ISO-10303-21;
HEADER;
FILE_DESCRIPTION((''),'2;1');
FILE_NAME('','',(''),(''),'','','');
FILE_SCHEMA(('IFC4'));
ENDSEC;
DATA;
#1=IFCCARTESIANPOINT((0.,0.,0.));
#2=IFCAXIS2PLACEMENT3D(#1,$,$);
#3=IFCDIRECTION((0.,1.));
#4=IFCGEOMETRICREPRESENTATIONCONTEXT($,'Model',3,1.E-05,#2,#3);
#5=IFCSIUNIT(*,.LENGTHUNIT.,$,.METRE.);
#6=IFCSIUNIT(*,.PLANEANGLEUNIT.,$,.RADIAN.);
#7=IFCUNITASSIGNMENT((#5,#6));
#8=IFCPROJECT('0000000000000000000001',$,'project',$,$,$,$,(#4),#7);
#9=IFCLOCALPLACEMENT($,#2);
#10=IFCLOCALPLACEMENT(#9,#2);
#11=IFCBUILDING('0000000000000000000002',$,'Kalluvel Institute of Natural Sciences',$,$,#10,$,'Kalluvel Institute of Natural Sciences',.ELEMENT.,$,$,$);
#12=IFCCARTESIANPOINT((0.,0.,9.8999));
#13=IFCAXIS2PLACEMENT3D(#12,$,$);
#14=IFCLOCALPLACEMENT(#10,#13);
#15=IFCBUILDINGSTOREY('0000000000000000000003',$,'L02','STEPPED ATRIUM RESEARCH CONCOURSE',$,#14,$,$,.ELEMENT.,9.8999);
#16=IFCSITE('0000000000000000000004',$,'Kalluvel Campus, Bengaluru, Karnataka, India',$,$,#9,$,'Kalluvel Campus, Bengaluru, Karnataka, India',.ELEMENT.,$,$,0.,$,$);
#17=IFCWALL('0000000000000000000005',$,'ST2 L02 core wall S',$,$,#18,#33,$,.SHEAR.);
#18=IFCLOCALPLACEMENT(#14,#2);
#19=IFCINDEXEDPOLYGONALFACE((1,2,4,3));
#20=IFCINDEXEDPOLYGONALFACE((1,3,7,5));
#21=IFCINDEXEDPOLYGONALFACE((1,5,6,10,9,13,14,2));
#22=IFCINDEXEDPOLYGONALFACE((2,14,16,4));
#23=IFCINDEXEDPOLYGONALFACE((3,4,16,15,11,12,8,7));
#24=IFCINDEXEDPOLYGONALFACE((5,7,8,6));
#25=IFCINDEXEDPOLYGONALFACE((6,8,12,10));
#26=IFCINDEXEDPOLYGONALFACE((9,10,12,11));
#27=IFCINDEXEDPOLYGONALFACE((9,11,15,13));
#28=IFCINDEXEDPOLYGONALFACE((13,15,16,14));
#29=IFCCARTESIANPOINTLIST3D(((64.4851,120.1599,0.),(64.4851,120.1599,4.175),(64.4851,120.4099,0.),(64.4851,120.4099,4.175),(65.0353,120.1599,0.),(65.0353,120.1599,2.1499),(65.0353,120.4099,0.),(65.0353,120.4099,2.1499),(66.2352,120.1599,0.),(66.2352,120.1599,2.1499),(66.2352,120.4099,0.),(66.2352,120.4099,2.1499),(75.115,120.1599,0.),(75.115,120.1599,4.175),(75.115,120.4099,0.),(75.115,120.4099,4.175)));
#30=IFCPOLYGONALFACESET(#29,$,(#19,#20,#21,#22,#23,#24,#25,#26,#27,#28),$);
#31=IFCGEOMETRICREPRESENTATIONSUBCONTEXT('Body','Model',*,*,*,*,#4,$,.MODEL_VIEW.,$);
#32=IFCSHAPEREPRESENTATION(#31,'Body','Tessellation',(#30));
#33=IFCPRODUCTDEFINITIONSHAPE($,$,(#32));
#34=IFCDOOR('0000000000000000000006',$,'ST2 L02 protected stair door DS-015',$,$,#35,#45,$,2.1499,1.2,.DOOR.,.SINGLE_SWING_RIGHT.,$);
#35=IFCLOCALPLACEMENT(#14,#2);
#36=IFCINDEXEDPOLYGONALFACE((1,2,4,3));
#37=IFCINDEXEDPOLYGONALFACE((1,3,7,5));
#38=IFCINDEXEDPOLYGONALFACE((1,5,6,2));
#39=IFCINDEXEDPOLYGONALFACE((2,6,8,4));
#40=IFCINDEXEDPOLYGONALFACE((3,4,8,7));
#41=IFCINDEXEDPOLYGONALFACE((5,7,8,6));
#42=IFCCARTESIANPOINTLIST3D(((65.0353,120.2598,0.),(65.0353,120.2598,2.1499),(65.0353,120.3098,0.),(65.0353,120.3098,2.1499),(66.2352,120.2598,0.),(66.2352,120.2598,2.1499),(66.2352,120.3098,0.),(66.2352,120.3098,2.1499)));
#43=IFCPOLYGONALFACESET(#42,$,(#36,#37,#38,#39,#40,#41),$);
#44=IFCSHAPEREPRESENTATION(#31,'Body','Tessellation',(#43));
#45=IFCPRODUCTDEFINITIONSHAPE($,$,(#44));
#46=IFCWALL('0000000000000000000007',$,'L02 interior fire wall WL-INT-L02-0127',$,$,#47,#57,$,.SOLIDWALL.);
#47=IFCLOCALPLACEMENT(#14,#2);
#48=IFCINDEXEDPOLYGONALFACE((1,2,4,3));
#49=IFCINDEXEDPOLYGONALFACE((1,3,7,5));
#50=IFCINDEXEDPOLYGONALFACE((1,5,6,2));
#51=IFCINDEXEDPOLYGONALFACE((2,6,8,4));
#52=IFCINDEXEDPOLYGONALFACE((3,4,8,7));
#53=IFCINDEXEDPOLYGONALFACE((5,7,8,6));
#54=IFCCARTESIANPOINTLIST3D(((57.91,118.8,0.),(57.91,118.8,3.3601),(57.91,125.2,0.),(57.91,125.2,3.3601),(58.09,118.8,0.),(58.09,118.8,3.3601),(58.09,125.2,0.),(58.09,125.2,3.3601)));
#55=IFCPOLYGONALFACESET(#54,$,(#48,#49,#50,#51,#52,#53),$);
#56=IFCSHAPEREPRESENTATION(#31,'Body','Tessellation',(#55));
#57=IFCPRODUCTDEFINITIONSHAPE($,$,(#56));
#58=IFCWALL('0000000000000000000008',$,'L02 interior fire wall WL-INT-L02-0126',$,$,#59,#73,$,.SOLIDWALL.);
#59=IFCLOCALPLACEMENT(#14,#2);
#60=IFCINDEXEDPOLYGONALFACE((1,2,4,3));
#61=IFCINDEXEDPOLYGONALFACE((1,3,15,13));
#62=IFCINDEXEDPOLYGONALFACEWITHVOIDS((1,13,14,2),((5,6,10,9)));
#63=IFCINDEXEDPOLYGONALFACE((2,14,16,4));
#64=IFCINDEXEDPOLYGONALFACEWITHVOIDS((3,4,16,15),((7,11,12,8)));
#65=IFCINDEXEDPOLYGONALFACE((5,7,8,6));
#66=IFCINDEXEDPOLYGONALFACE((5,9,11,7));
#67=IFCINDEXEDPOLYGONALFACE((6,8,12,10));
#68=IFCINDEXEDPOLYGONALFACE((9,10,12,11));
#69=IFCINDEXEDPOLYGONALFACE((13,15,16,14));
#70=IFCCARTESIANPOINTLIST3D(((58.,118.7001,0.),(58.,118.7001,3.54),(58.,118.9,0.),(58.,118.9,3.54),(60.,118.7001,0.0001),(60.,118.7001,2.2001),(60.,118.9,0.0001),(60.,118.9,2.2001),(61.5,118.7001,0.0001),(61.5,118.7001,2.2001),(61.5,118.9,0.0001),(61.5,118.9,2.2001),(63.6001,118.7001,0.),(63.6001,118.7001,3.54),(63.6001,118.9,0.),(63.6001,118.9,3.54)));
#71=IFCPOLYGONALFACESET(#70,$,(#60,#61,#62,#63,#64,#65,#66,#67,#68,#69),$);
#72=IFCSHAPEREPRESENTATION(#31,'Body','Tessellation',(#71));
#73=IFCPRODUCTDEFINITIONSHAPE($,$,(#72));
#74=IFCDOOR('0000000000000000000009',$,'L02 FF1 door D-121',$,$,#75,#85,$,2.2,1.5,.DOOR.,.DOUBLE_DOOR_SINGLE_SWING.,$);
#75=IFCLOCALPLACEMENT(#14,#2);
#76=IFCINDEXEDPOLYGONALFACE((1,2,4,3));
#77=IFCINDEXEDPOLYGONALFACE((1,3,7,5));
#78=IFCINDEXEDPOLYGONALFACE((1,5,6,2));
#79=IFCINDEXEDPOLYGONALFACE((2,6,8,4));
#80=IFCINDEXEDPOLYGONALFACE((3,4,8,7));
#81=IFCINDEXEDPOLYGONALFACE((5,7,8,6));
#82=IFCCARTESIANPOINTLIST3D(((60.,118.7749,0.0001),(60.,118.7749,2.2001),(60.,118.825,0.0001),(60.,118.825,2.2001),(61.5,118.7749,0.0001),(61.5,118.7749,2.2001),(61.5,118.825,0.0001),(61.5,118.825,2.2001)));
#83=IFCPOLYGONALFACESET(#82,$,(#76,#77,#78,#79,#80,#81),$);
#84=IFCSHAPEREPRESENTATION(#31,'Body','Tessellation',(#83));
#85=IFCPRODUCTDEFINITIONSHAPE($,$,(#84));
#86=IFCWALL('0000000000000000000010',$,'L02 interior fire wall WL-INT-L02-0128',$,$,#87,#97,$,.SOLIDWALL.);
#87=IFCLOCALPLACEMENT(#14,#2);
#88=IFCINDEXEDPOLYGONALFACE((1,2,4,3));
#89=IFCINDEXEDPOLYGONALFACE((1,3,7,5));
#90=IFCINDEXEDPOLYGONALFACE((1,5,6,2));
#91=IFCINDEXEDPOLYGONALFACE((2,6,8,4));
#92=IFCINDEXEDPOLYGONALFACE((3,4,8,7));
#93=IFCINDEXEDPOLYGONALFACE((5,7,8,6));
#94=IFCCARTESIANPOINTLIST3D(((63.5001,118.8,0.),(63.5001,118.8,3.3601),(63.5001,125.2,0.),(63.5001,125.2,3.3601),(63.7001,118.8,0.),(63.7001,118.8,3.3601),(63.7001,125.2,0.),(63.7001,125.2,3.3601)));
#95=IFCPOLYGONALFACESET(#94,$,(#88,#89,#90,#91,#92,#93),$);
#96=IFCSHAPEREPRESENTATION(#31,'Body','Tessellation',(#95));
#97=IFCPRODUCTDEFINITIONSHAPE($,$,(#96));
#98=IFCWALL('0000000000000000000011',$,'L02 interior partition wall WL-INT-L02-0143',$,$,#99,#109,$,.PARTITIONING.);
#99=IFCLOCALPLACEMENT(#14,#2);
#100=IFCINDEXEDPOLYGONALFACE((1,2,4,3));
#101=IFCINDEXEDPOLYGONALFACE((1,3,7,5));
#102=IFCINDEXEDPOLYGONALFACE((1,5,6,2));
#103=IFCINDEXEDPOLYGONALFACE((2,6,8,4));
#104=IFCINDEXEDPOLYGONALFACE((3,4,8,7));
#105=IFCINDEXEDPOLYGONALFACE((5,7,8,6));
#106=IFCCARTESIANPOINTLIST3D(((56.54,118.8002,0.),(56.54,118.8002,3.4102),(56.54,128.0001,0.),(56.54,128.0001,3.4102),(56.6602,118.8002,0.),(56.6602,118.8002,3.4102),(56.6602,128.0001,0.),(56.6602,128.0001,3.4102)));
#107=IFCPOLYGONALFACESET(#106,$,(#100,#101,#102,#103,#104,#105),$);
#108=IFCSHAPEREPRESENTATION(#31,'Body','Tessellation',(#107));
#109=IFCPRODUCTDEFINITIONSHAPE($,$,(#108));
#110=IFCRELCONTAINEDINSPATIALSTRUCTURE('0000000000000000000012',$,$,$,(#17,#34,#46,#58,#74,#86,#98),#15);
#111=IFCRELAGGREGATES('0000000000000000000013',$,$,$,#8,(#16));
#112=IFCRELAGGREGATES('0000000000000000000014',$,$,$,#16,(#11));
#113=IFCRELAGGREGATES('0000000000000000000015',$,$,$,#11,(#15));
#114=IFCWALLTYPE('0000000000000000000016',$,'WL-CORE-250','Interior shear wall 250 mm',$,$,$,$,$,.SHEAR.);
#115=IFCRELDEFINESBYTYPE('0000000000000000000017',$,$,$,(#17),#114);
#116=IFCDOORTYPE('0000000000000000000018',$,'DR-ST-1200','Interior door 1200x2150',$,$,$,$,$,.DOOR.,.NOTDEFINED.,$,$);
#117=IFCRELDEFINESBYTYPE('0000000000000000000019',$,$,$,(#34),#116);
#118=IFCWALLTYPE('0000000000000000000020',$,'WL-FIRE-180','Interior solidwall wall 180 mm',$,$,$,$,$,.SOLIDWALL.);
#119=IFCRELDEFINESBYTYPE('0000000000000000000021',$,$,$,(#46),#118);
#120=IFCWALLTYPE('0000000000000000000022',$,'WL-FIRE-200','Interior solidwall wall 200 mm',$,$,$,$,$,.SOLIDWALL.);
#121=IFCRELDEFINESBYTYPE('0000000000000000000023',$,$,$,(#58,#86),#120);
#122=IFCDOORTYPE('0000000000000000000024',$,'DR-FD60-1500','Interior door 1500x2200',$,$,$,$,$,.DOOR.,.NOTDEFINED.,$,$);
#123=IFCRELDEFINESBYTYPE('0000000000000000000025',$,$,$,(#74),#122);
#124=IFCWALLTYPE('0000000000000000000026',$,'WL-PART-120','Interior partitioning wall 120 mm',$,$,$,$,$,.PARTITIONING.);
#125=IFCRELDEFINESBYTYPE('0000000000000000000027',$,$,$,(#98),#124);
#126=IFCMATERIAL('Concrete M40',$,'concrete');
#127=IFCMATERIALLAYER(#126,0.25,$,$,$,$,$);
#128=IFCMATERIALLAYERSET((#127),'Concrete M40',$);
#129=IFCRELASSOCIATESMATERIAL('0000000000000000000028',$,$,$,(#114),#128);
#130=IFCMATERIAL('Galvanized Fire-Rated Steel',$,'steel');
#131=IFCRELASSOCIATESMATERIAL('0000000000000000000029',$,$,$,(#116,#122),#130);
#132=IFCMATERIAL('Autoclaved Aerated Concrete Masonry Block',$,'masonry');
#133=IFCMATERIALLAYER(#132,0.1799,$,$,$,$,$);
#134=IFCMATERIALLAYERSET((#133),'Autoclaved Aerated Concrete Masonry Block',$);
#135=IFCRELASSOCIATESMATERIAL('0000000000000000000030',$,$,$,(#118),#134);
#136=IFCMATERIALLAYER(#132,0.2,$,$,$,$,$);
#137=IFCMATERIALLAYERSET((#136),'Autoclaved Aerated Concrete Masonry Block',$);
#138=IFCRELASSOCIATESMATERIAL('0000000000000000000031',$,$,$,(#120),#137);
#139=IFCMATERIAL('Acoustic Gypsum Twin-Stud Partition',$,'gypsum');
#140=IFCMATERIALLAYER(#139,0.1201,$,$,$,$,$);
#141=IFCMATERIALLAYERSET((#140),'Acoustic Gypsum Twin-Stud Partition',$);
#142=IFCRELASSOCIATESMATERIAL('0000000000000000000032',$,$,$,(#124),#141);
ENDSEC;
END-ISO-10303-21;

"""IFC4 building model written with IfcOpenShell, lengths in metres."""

from ifc_helpers import new_model, si_unit, direction, frame, frame_2d, origin, place, context, subcontext, project, spatial, rectangle, extrude, material, layer, layer_set, type_object, element, fill, save


model = new_model("IFC4")

# Units and contexts
model_context = context("Model", 3, precision=1e-05, world=origin(), true_north=direction((0.0, 1.0)))
body_context = subcontext(model_context, "Body", "Model", "MODEL_VIEW")
ifc_project = project(units=[si_unit("LENGTHUNIT", "METRE"), si_unit("PLANEANGLEUNIT", "RADIAN")], contexts=[model_context])

# Site, building, storey
site_placement = place(None, origin())
site = spatial("IfcSite", under=ifc_project, at=site_placement, Name="Kalluvel Campus, Bengaluru, Karnataka, India", LongName="Kalluvel Campus, Bengaluru, Karnataka, India", CompositionType="ELEMENT", RefElevation=0.0)
building_placement = place(site_placement, origin())
building = spatial("IfcBuilding", under=site, at=building_placement, Name="Kalluvel Institute of Natural Sciences", LongName="Kalluvel Institute of Natural Sciences", CompositionType="ELEMENT")
storey_placement = place(building_placement, frame((0.0, 0.0, 9.8999)))
storey = spatial("IfcBuildingStorey", under=building, at=storey_placement, Name="L02", Description="STEPPED ATRIUM RESEARCH CONCOURSE", CompositionType="ELEMENT", Elevation=9.8999)

# Shared definitions
ifc_material_1 = material(Name="Concrete M40", Category="concrete")

# Wall, opening, door
ifc_layer_1 = layer(ifc_material_1, 0.25)
ifc_layer_set_1 = layer_set([ifc_layer_1], Name="Concrete M40")
wall_type_1 = type_object("IfcWallType", Name="WL-CORE-250", Description="Interior shear wall 250 mm", PredefinedType="SHEAR", material=ifc_layer_set_1)
wall_1_placement = place(storey_placement, frame((64.4851, 120.2849, 0.0), z_axis=(0.0, 0.0, 1.0), x_axis=(1.0, 0.0, 0.0)))
wall_1 = element("IfcWall", 1, at=wall_1_placement, inside=storey, type_object=wall_type_1, Name="ST2 L02 core wall S", PredefinedType="SHEAR", context=body_context, shape_type="SweptSolid", body=[
    extrude(rectangle(XDim=10.6299, YDim=0.25, at=frame_2d((5.3149, 0.0))), origin(), (0.0, 0.0, 1.0), 4.175),
])
opening_1_placement = place(wall_1_placement, frame((0.55, 0.0, 0.0)))
opening_1 = element("IfcOpeningElement", 2, at=opening_1_placement, cuts=wall_1, PredefinedType="OPENING", context=body_context, shape_type="SweptSolid", body=[
    extrude(rectangle(XDim=1.2, YDim=2.1499, at=frame_2d((0.6001, 1.075))), frame((0.0, 0.135, 0.0), z_axis=(0.0, -1.0, 0.0), x_axis=(1.0, 0.0, 0.0)), (0.0, 0.0, 1.0), 0.27),
])
ifc_material_2 = material(Name="Galvanized Fire-Rated Steel", Category="steel")
door_type_1 = type_object("IfcDoorType", Name="DR-ST-1200", Description="Interior door 1200x2150", OperationType="NOTDEFINED", PredefinedType="DOOR", material=ifc_material_2)
door_1_placement = place(opening_1_placement, origin())
door_1 = element("IfcDoor", 3, at=door_1_placement, inside=storey, type_object=door_type_1, Name="ST2 L02 protected stair door DS-015", OperationType="SINGLE_SWING_RIGHT", OverallHeight=2.1499, OverallWidth=1.2, PredefinedType="DOOR", context=body_context, shape_type="SweptSolid", body=[
    extrude(rectangle(XDim=1.2, YDim=2.1499, at=frame_2d((0.6001, 1.075))), frame((0.0, 0.0249, 0.0), z_axis=(0.0, -1.0, 0.0), x_axis=(1.0, 0.0, 0.0)), (0.0, 0.0, 1.0), 0.05),
])
fill(opening_1, door_1)

# Wall
ifc_material_3 = material(Name="Autoclaved Aerated Concrete Masonry Block", Category="masonry")
ifc_layer_2 = layer(ifc_material_3, 0.1799)
ifc_layer_set_2 = layer_set([ifc_layer_2], Name="Autoclaved Aerated Concrete Masonry Block")
wall_type_2 = type_object("IfcWallType", Name="WL-FIRE-180", Description="Interior solidwall wall 180 mm", PredefinedType="SOLIDWALL", material=ifc_layer_set_2)
wall_2_placement = place(storey_placement, frame((58.0, 118.8, 0.0), z_axis=(0.0, 0.0, 1.0), x_axis=(0.0, 1.0, 0.0)))
element("IfcWall", 4, at=wall_2_placement, inside=storey, type_object=wall_type_2, Name="L02 interior fire wall WL-INT-L02-0127", PredefinedType="SOLIDWALL", context=body_context, shape_type="SweptSolid", body=[
    extrude(rectangle(XDim=6.3999, YDim=0.1799, at=frame_2d((3.2, 0.0))), origin(), (0.0, 0.0, 1.0), 3.3601),
])

# Wall, opening, door
ifc_layer_3 = layer(ifc_material_3, 0.2)
ifc_layer_set_3 = layer_set([ifc_layer_3], Name="Autoclaved Aerated Concrete Masonry Block")
wall_type_3 = type_object("IfcWallType", Name="WL-FIRE-200", Description="Interior solidwall wall 200 mm", PredefinedType="SOLIDWALL", material=ifc_layer_set_3)
wall_3_placement = place(storey_placement, frame((58.0, 118.8, 0.0), z_axis=(0.0, 0.0, 1.0), x_axis=(1.0, 0.0, 0.0)))
wall_3 = element("IfcWall", 5, at=wall_3_placement, inside=storey, type_object=wall_type_3, Name="L02 interior fire wall WL-INT-L02-0126", PredefinedType="SOLIDWALL", context=body_context, shape_type="SweptSolid", body=[
    extrude(rectangle(XDim=5.6001, YDim=0.2, at=frame_2d((2.8, 0.0))), origin(), (0.0, 0.0, 1.0), 3.54),
])
opening_2_placement = place(wall_3_placement, frame((2.0, 0.0, 0.0)))
opening_2 = element("IfcOpeningElement", 6, at=opening_2_placement, cuts=wall_3, PredefinedType="OPENING", context=body_context, shape_type="SweptSolid", body=[
    extrude(rectangle(XDim=1.5, YDim=2.2, at=frame_2d((0.75, 1.1001))), frame((0.0, 0.1099, 0.0), z_axis=(0.0, -1.0, 0.0), x_axis=(1.0, 0.0, 0.0)), (0.0, 0.0, 1.0), 0.22),
])
door_type_2 = type_object("IfcDoorType", Name="DR-FD60-1500", Description="Interior door 1500x2200", OperationType="NOTDEFINED", PredefinedType="DOOR", material=ifc_material_2)
door_2_placement = place(opening_2_placement, origin())
door_2 = element("IfcDoor", 7, at=door_2_placement, inside=storey, type_object=door_type_2, Name="L02 FF1 door D-121", OperationType="DOUBLE_DOOR_SINGLE_SWING", OverallHeight=2.2, OverallWidth=1.5, PredefinedType="DOOR", context=body_context, shape_type="SweptSolid", body=[
    extrude(rectangle(XDim=1.5, YDim=2.2, at=frame_2d((0.75, 1.1001))), frame((0.0, 0.0249, 0.0), z_axis=(0.0, -1.0, 0.0), x_axis=(1.0, 0.0, 0.0)), (0.0, 0.0, 1.0), 0.05),
])
fill(opening_2, door_2)

# Walls
wall_4_placement = place(storey_placement, frame((63.6001, 118.8, 0.0), z_axis=(0.0, 0.0, 1.0), x_axis=(0.0, 1.0, 0.0)))
element("IfcWall", 8, at=wall_4_placement, inside=storey, type_object=wall_type_3, Name="L02 interior fire wall WL-INT-L02-0128", PredefinedType="SOLIDWALL", context=body_context, shape_type="SweptSolid", body=[
    extrude(rectangle(XDim=6.3999, YDim=0.2, at=frame_2d((3.2, 0.0))), origin(), (0.0, 0.0, 1.0), 3.3601),
])
ifc_material_4 = material(Name="Acoustic Gypsum Twin-Stud Partition", Category="gypsum")
ifc_layer_4 = layer(ifc_material_4, 0.1201)
ifc_layer_set_4 = layer_set([ifc_layer_4], Name="Acoustic Gypsum Twin-Stud Partition")
wall_type_4 = type_object("IfcWallType", Name="WL-PART-120", Description="Interior partitioning wall 120 mm", PredefinedType="PARTITIONING", material=ifc_layer_set_4)
wall_5_placement = place(storey_placement, frame((56.6001, 118.8, 0.0), z_axis=(0.0, 0.0, 1.0), x_axis=(0.0, 1.0, 0.0)))
element("IfcWall", 9, at=wall_5_placement, inside=storey, type_object=wall_type_4, Name="L02 interior partition wall WL-INT-L02-0143", PredefinedType="PARTITIONING", context=body_context, shape_type="SweptSolid", body=[
    extrude(rectangle(XDim=9.2, YDim=0.1201, at=frame_2d((4.6001, 0.0))), origin(), (0.0, 0.0, 1.0), 3.4102),
])

save(model, "model.ifc")
